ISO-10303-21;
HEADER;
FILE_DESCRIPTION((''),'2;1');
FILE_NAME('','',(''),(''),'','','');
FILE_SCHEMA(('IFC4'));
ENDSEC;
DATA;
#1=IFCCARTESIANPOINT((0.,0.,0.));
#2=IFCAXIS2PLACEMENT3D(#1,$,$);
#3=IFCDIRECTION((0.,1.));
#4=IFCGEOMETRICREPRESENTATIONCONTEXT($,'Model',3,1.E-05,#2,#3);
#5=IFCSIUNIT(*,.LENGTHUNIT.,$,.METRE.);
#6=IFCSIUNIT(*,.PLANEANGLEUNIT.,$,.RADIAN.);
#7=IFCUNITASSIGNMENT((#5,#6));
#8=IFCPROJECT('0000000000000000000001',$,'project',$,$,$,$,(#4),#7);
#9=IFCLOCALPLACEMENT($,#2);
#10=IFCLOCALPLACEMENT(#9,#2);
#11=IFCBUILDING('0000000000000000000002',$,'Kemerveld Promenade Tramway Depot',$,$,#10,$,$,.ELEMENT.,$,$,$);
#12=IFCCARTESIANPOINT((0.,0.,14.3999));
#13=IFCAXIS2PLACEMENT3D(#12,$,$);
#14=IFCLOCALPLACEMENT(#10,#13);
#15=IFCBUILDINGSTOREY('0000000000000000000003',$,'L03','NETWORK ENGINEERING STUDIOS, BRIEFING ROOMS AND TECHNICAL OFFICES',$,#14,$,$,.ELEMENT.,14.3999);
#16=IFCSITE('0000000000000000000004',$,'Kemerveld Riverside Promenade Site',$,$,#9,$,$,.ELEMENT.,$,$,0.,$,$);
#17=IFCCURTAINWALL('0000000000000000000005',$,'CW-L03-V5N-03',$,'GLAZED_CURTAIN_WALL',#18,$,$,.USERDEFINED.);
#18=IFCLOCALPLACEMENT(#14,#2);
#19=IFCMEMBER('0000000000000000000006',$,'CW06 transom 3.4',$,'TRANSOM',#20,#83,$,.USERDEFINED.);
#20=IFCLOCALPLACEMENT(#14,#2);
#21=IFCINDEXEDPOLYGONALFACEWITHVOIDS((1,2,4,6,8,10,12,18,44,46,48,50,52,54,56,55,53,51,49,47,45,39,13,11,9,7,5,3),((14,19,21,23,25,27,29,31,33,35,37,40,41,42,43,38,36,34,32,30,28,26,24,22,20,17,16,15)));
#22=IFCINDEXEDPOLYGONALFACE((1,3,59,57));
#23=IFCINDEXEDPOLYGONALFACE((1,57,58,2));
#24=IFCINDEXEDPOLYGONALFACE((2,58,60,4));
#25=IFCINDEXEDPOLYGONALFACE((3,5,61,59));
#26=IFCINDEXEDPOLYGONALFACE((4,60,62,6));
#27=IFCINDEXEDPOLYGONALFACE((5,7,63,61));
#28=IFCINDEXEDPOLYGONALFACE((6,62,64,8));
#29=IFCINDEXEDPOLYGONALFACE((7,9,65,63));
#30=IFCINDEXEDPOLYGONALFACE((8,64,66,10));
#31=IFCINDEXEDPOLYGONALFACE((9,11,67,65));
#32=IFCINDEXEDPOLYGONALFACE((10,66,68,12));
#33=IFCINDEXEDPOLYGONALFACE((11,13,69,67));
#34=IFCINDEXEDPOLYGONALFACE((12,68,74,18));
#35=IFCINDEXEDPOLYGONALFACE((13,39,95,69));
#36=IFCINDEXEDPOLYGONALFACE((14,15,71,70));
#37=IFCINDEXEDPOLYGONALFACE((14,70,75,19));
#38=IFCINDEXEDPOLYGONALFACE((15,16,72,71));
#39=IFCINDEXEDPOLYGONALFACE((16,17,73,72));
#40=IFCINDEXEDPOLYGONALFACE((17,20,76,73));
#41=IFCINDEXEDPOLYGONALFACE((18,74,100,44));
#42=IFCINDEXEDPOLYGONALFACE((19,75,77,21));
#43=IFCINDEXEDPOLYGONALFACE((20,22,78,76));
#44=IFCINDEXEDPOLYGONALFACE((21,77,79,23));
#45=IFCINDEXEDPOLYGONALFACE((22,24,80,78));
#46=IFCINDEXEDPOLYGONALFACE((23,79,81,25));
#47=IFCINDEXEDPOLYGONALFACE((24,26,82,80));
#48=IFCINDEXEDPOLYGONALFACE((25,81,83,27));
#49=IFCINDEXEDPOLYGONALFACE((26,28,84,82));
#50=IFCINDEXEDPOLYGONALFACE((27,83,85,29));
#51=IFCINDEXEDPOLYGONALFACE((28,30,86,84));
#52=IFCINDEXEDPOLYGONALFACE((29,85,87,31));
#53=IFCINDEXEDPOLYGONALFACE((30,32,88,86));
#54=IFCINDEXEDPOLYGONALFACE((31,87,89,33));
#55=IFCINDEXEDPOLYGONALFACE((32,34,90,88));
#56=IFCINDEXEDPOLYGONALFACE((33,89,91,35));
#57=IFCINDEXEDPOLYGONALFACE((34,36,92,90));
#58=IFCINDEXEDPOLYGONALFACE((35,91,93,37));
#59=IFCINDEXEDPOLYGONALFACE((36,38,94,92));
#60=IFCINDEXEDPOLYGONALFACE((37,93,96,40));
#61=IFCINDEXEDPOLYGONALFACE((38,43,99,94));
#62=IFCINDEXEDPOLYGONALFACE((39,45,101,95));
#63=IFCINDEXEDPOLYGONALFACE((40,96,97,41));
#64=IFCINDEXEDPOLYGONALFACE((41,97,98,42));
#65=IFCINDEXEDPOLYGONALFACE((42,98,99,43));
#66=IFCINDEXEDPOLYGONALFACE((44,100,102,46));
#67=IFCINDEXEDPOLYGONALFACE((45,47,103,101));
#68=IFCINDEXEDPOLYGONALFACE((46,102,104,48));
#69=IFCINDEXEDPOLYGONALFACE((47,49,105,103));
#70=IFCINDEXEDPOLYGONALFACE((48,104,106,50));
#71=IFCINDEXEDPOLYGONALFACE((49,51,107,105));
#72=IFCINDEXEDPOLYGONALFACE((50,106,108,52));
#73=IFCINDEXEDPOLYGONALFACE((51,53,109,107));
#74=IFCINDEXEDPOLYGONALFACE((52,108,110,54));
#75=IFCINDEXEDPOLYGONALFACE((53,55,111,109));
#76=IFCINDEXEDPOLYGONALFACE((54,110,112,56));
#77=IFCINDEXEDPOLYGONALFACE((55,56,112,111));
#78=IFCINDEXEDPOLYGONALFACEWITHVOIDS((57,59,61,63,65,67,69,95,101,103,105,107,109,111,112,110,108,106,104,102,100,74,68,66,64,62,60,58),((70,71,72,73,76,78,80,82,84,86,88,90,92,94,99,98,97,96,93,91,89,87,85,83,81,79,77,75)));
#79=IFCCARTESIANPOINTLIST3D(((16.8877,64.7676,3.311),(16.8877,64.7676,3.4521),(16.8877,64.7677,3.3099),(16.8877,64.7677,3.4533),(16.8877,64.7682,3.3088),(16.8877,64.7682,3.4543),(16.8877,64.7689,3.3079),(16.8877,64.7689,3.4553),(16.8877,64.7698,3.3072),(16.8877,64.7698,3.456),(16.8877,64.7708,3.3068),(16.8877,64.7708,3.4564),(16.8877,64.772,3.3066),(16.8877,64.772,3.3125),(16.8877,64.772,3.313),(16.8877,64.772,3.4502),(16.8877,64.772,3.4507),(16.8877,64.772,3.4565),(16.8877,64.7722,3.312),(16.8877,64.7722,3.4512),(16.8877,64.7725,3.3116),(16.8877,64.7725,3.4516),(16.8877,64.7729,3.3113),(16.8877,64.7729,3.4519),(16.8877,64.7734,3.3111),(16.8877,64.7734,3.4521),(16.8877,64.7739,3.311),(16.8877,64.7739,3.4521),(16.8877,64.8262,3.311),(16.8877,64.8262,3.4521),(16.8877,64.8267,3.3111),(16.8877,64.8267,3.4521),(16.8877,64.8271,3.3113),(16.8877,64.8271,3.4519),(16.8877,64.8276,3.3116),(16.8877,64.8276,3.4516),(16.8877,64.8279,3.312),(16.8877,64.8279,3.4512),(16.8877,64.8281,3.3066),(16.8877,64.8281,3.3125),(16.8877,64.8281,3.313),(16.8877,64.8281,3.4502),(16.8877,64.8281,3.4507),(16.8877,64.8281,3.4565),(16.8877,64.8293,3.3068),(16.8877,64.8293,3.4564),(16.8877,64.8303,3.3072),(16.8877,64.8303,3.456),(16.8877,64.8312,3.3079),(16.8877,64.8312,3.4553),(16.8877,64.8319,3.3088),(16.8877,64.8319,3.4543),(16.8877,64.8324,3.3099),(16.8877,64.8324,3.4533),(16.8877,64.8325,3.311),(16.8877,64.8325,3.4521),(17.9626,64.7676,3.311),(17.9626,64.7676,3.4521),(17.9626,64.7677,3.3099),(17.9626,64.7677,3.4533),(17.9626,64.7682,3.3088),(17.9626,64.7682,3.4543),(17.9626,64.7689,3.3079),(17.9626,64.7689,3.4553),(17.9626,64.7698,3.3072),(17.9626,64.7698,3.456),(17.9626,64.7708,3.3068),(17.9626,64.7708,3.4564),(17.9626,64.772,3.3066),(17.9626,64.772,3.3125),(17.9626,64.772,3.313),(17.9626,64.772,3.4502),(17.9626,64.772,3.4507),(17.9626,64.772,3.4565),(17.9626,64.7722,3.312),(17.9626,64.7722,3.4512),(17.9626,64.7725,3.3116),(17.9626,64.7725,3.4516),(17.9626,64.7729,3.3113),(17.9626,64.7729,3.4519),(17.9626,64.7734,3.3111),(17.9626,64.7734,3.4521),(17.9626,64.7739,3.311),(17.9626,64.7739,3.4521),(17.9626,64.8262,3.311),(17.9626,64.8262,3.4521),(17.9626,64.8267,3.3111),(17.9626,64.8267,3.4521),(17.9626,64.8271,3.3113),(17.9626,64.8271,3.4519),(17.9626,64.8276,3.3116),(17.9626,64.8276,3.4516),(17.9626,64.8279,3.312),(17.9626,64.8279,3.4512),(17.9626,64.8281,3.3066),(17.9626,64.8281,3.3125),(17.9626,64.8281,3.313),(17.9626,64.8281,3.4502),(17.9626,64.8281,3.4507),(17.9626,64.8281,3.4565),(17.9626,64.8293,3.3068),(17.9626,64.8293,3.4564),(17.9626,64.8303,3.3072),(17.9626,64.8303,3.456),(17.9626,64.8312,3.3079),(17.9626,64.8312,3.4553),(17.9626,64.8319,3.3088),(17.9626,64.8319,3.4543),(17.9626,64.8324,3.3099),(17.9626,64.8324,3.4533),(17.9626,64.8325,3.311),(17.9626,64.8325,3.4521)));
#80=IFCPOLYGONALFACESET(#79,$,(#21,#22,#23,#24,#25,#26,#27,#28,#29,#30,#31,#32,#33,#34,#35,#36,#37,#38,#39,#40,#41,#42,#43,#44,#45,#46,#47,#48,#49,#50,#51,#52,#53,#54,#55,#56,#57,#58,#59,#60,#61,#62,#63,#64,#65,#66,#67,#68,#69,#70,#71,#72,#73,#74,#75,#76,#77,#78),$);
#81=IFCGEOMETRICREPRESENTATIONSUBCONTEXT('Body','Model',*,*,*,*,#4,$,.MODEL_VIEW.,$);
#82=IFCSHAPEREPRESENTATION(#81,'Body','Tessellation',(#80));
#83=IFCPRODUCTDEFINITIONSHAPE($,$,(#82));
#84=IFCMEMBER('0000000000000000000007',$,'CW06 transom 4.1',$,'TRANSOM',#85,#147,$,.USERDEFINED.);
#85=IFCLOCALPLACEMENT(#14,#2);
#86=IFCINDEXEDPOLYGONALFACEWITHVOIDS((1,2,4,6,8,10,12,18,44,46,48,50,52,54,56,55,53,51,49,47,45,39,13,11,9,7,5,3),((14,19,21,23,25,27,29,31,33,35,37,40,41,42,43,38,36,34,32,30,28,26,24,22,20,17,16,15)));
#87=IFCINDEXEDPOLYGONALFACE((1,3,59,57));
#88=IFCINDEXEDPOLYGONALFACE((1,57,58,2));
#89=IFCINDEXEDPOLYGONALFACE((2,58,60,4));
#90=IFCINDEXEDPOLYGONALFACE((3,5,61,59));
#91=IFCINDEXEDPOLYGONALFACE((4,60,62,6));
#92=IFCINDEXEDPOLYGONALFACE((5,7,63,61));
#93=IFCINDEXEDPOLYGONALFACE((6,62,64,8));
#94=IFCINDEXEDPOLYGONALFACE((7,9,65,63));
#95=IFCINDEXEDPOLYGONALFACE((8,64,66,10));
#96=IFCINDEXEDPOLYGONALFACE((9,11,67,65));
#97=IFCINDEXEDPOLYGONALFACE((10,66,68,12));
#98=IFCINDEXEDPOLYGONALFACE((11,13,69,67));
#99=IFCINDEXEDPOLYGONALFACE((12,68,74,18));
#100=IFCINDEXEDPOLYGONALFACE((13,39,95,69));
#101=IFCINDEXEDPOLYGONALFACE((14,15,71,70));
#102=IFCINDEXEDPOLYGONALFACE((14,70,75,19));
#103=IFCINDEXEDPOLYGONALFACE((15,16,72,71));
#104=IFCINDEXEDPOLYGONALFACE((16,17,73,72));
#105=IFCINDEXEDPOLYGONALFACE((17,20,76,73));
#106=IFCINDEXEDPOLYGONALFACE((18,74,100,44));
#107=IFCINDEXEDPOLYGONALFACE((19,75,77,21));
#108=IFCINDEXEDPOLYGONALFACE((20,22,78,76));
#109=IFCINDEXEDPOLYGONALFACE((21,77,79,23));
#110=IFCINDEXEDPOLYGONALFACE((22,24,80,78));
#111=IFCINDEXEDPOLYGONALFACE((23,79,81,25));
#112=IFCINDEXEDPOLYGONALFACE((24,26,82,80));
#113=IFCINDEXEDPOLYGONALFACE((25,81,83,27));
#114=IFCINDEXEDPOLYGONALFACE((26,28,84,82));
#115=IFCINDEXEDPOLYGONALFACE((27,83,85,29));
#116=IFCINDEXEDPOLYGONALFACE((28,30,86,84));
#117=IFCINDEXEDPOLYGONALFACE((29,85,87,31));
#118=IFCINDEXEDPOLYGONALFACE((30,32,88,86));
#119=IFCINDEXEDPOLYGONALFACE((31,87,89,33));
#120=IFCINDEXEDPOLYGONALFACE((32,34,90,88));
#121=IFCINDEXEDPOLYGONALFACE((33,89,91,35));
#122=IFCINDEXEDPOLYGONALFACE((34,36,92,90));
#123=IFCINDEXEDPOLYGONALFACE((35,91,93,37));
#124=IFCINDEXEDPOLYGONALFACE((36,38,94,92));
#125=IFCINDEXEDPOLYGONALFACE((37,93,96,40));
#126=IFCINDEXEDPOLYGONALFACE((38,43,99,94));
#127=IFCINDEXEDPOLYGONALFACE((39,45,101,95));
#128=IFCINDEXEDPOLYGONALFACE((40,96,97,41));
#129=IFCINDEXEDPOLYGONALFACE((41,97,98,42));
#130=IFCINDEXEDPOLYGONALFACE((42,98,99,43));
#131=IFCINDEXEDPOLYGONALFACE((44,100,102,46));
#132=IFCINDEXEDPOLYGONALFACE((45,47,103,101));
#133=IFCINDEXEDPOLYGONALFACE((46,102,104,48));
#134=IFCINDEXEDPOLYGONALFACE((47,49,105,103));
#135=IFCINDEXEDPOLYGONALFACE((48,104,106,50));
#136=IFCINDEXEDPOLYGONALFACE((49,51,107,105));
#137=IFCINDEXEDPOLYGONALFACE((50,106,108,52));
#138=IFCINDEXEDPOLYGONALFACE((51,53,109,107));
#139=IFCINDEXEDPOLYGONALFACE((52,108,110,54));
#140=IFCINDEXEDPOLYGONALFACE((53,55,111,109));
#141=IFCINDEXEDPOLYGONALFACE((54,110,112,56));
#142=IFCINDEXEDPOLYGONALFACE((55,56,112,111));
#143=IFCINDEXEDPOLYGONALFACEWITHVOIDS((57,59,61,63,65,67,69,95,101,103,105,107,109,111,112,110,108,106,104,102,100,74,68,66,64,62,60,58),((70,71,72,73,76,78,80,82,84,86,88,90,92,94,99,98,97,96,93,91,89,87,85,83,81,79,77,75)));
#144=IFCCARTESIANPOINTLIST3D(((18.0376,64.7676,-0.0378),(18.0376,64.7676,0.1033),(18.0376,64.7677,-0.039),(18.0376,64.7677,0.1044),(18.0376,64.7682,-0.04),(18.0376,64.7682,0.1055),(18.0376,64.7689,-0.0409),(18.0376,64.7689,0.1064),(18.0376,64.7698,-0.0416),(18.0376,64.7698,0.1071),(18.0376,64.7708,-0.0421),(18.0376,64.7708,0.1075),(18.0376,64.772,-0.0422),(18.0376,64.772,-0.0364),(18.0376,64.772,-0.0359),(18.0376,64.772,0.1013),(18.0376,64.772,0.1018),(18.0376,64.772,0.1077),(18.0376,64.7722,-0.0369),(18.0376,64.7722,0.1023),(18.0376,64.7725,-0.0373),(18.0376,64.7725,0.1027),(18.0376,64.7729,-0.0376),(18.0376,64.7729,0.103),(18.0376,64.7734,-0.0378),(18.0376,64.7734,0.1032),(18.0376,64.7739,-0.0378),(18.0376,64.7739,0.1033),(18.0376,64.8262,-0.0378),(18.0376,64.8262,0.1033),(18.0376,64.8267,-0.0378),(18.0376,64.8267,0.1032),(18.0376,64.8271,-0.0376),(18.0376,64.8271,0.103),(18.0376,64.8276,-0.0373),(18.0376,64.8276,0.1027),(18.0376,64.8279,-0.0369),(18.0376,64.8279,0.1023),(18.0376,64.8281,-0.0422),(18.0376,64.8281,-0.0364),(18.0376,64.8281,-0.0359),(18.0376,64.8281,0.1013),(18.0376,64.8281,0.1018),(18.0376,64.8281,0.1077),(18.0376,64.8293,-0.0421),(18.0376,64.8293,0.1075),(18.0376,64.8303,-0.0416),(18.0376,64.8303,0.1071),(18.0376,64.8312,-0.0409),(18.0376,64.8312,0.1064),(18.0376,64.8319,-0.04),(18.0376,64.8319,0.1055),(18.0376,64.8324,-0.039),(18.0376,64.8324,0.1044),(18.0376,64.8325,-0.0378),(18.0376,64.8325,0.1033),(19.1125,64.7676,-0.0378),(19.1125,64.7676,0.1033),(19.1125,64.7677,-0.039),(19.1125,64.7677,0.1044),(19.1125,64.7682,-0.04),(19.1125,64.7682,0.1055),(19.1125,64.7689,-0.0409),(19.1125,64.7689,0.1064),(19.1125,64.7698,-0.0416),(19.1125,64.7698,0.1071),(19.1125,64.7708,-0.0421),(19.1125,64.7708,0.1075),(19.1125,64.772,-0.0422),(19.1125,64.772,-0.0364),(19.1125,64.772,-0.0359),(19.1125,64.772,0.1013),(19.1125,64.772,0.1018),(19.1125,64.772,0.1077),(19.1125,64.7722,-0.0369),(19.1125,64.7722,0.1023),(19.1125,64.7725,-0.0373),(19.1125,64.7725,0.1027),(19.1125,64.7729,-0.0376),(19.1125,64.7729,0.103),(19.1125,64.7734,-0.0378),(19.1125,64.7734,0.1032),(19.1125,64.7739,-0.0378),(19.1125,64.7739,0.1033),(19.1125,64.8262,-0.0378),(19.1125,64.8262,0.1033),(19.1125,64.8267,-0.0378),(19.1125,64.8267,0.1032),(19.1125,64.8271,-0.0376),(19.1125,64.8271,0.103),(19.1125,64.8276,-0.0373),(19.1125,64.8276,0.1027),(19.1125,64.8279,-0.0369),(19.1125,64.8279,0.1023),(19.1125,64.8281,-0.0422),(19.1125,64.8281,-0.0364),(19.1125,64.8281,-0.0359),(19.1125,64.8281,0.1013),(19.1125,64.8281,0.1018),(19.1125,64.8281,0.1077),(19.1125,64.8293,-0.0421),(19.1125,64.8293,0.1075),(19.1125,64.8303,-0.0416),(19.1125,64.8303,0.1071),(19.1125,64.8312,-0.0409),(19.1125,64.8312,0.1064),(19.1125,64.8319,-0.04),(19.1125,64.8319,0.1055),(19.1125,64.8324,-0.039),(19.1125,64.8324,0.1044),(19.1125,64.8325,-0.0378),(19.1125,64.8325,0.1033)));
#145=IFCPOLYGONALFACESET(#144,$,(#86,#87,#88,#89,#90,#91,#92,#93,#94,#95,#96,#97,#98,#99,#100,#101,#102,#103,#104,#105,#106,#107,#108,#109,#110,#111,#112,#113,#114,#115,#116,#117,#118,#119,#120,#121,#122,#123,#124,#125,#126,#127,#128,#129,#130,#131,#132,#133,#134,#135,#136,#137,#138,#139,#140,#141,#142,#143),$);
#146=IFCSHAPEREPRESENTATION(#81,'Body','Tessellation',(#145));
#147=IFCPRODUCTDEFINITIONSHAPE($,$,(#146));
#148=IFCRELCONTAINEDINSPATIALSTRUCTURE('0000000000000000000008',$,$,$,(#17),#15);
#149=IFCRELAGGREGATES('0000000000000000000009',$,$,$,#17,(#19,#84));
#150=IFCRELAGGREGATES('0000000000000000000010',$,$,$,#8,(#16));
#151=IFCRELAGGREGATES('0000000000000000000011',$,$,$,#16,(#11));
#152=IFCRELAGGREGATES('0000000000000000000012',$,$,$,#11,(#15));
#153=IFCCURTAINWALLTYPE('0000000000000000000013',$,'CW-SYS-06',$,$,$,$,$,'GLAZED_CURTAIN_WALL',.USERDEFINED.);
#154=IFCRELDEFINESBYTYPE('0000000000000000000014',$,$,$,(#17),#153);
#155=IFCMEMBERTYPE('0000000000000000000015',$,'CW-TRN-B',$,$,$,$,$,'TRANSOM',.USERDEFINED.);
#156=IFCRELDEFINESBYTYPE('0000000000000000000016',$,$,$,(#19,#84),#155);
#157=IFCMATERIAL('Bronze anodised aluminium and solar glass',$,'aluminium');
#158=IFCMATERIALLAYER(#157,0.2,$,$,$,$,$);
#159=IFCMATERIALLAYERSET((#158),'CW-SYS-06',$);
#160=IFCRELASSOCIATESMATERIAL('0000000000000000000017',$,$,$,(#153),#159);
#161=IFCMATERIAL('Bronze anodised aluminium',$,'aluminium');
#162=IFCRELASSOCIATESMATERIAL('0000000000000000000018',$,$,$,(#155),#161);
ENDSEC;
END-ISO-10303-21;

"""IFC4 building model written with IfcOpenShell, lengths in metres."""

from ifc_helpers import new_model, si_unit, direction, frame, origin, origin_2d, place, context, subcontext, project, spatial, hollow_rectangle, extrude, material, layer, layer_set, material_profile, profile_set, type_object, element, aggregate, save


model = new_model("IFC4")

# Units and contexts
model_context = context("Model", 3, precision=1e-05, world=origin(), true_north=direction((0.0, 1.0)))
body_context = subcontext(model_context, "Body", "Model", "MODEL_VIEW")
ifc_project = project(units=[si_unit("LENGTHUNIT", "METRE"), si_unit("PLANEANGLEUNIT", "RADIAN")], contexts=[model_context])

# Site, building, storey
site_placement = place(None, origin())
site = spatial("IfcSite", under=ifc_project, at=site_placement, Name="Kemerveld Riverside Promenade Site", CompositionType="ELEMENT", RefElevation=0.0)
building_placement = place(site_placement, origin())
building = spatial("IfcBuilding", under=site, at=building_placement, Name="Kemerveld Promenade Tramway Depot", CompositionType="ELEMENT")
storey_placement = place(building_placement, frame((0.0, 0.0, 14.3999)))
storey = spatial("IfcBuildingStorey", under=building, at=storey_placement, Name="L03", Description="NETWORK ENGINEERING STUDIOS, BRIEFING ROOMS AND TECHNICAL OFFICES", CompositionType="ELEMENT", Elevation=14.3999)

# Curtain wall, members
ifc_material_1 = material(Name="Bronze anodised aluminium and solar glass", Category="aluminium")
ifc_layer_1 = layer(ifc_material_1, 0.2)
ifc_layer_set_1 = layer_set([ifc_layer_1], Name="CW-SYS-06")
curtain_wall_type = type_object("IfcCurtainWallType", Name="CW-SYS-06", ElementType="GLAZED_CURTAIN_WALL", PredefinedType="USERDEFINED", material=ifc_layer_set_1)
curtain_wall_placement = place(storey_placement, origin())
curtain_wall = element("IfcCurtainWall", 1, at=curtain_wall_placement, inside=storey, type_object=curtain_wall_type, Name="CW-L03-V5N-03", ObjectType="GLAZED_CURTAIN_WALL", PredefinedType="USERDEFINED")
ifc_material_2 = material(Name="Bronze anodised aluminium", Category="aluminium")
ifc_material_profile_1 = material_profile(ifc_material_2, hollow_rectangle(XDim=0.0649, YDim=0.1499, WallThickness=0.0044, InnerFilletRadius=0.002, OuterFilletRadius=0.0044, at=origin_2d()), Name="CW-TRN-150x65")
ifc_profile_set_1 = profile_set([ifc_material_profile_1], Name="Bronze anodised aluminium")
member_type_1 = type_object("IfcMemberType", Name="CW-TRN-B", ElementType="TRANSOM", PredefinedType="USERDEFINED", material=ifc_profile_set_1)
member_1_placement = place(storey_placement, frame((16.8877, 64.8, 3.3816), z_axis=(1.0, 0.0, 0.0), x_axis=(0.0, 1.0, 0.0)))
member_1 = element("IfcMember", 2, at=member_1_placement, type_object=member_type_1, Name="CW06 transom 3.4", ObjectType="TRANSOM", PredefinedType="USERDEFINED", context=body_context, shape_type="SweptSolid", body=[
    extrude(hollow_rectangle(XDim=0.0649, YDim=0.1499, WallThickness=0.0044, InnerFilletRadius=0.002, OuterFilletRadius=0.0044, at=origin_2d()), origin(), (0.0, 0.0, 1.0), 1.075),
])
member_2_placement = place(storey_placement, frame((18.0376, 64.8, 0.0327), z_axis=(1.0, 0.0, 0.0), x_axis=(0.0, 1.0, 0.0)))
member_2 = element("IfcMember", 3, at=member_2_placement, type_object=member_type_1, Name="CW06 transom 4.1", ObjectType="TRANSOM", PredefinedType="USERDEFINED", context=body_context, shape_type="SweptSolid", body=[
    extrude(hollow_rectangle(XDim=0.0649, YDim=0.1499, WallThickness=0.0044, InnerFilletRadius=0.002, OuterFilletRadius=0.0044, at=origin_2d()), origin(), (0.0, 0.0, 1.0), 1.075),
])
aggregate(curtain_wall, [member_1, member_2])

save(model, "model.ifc")
